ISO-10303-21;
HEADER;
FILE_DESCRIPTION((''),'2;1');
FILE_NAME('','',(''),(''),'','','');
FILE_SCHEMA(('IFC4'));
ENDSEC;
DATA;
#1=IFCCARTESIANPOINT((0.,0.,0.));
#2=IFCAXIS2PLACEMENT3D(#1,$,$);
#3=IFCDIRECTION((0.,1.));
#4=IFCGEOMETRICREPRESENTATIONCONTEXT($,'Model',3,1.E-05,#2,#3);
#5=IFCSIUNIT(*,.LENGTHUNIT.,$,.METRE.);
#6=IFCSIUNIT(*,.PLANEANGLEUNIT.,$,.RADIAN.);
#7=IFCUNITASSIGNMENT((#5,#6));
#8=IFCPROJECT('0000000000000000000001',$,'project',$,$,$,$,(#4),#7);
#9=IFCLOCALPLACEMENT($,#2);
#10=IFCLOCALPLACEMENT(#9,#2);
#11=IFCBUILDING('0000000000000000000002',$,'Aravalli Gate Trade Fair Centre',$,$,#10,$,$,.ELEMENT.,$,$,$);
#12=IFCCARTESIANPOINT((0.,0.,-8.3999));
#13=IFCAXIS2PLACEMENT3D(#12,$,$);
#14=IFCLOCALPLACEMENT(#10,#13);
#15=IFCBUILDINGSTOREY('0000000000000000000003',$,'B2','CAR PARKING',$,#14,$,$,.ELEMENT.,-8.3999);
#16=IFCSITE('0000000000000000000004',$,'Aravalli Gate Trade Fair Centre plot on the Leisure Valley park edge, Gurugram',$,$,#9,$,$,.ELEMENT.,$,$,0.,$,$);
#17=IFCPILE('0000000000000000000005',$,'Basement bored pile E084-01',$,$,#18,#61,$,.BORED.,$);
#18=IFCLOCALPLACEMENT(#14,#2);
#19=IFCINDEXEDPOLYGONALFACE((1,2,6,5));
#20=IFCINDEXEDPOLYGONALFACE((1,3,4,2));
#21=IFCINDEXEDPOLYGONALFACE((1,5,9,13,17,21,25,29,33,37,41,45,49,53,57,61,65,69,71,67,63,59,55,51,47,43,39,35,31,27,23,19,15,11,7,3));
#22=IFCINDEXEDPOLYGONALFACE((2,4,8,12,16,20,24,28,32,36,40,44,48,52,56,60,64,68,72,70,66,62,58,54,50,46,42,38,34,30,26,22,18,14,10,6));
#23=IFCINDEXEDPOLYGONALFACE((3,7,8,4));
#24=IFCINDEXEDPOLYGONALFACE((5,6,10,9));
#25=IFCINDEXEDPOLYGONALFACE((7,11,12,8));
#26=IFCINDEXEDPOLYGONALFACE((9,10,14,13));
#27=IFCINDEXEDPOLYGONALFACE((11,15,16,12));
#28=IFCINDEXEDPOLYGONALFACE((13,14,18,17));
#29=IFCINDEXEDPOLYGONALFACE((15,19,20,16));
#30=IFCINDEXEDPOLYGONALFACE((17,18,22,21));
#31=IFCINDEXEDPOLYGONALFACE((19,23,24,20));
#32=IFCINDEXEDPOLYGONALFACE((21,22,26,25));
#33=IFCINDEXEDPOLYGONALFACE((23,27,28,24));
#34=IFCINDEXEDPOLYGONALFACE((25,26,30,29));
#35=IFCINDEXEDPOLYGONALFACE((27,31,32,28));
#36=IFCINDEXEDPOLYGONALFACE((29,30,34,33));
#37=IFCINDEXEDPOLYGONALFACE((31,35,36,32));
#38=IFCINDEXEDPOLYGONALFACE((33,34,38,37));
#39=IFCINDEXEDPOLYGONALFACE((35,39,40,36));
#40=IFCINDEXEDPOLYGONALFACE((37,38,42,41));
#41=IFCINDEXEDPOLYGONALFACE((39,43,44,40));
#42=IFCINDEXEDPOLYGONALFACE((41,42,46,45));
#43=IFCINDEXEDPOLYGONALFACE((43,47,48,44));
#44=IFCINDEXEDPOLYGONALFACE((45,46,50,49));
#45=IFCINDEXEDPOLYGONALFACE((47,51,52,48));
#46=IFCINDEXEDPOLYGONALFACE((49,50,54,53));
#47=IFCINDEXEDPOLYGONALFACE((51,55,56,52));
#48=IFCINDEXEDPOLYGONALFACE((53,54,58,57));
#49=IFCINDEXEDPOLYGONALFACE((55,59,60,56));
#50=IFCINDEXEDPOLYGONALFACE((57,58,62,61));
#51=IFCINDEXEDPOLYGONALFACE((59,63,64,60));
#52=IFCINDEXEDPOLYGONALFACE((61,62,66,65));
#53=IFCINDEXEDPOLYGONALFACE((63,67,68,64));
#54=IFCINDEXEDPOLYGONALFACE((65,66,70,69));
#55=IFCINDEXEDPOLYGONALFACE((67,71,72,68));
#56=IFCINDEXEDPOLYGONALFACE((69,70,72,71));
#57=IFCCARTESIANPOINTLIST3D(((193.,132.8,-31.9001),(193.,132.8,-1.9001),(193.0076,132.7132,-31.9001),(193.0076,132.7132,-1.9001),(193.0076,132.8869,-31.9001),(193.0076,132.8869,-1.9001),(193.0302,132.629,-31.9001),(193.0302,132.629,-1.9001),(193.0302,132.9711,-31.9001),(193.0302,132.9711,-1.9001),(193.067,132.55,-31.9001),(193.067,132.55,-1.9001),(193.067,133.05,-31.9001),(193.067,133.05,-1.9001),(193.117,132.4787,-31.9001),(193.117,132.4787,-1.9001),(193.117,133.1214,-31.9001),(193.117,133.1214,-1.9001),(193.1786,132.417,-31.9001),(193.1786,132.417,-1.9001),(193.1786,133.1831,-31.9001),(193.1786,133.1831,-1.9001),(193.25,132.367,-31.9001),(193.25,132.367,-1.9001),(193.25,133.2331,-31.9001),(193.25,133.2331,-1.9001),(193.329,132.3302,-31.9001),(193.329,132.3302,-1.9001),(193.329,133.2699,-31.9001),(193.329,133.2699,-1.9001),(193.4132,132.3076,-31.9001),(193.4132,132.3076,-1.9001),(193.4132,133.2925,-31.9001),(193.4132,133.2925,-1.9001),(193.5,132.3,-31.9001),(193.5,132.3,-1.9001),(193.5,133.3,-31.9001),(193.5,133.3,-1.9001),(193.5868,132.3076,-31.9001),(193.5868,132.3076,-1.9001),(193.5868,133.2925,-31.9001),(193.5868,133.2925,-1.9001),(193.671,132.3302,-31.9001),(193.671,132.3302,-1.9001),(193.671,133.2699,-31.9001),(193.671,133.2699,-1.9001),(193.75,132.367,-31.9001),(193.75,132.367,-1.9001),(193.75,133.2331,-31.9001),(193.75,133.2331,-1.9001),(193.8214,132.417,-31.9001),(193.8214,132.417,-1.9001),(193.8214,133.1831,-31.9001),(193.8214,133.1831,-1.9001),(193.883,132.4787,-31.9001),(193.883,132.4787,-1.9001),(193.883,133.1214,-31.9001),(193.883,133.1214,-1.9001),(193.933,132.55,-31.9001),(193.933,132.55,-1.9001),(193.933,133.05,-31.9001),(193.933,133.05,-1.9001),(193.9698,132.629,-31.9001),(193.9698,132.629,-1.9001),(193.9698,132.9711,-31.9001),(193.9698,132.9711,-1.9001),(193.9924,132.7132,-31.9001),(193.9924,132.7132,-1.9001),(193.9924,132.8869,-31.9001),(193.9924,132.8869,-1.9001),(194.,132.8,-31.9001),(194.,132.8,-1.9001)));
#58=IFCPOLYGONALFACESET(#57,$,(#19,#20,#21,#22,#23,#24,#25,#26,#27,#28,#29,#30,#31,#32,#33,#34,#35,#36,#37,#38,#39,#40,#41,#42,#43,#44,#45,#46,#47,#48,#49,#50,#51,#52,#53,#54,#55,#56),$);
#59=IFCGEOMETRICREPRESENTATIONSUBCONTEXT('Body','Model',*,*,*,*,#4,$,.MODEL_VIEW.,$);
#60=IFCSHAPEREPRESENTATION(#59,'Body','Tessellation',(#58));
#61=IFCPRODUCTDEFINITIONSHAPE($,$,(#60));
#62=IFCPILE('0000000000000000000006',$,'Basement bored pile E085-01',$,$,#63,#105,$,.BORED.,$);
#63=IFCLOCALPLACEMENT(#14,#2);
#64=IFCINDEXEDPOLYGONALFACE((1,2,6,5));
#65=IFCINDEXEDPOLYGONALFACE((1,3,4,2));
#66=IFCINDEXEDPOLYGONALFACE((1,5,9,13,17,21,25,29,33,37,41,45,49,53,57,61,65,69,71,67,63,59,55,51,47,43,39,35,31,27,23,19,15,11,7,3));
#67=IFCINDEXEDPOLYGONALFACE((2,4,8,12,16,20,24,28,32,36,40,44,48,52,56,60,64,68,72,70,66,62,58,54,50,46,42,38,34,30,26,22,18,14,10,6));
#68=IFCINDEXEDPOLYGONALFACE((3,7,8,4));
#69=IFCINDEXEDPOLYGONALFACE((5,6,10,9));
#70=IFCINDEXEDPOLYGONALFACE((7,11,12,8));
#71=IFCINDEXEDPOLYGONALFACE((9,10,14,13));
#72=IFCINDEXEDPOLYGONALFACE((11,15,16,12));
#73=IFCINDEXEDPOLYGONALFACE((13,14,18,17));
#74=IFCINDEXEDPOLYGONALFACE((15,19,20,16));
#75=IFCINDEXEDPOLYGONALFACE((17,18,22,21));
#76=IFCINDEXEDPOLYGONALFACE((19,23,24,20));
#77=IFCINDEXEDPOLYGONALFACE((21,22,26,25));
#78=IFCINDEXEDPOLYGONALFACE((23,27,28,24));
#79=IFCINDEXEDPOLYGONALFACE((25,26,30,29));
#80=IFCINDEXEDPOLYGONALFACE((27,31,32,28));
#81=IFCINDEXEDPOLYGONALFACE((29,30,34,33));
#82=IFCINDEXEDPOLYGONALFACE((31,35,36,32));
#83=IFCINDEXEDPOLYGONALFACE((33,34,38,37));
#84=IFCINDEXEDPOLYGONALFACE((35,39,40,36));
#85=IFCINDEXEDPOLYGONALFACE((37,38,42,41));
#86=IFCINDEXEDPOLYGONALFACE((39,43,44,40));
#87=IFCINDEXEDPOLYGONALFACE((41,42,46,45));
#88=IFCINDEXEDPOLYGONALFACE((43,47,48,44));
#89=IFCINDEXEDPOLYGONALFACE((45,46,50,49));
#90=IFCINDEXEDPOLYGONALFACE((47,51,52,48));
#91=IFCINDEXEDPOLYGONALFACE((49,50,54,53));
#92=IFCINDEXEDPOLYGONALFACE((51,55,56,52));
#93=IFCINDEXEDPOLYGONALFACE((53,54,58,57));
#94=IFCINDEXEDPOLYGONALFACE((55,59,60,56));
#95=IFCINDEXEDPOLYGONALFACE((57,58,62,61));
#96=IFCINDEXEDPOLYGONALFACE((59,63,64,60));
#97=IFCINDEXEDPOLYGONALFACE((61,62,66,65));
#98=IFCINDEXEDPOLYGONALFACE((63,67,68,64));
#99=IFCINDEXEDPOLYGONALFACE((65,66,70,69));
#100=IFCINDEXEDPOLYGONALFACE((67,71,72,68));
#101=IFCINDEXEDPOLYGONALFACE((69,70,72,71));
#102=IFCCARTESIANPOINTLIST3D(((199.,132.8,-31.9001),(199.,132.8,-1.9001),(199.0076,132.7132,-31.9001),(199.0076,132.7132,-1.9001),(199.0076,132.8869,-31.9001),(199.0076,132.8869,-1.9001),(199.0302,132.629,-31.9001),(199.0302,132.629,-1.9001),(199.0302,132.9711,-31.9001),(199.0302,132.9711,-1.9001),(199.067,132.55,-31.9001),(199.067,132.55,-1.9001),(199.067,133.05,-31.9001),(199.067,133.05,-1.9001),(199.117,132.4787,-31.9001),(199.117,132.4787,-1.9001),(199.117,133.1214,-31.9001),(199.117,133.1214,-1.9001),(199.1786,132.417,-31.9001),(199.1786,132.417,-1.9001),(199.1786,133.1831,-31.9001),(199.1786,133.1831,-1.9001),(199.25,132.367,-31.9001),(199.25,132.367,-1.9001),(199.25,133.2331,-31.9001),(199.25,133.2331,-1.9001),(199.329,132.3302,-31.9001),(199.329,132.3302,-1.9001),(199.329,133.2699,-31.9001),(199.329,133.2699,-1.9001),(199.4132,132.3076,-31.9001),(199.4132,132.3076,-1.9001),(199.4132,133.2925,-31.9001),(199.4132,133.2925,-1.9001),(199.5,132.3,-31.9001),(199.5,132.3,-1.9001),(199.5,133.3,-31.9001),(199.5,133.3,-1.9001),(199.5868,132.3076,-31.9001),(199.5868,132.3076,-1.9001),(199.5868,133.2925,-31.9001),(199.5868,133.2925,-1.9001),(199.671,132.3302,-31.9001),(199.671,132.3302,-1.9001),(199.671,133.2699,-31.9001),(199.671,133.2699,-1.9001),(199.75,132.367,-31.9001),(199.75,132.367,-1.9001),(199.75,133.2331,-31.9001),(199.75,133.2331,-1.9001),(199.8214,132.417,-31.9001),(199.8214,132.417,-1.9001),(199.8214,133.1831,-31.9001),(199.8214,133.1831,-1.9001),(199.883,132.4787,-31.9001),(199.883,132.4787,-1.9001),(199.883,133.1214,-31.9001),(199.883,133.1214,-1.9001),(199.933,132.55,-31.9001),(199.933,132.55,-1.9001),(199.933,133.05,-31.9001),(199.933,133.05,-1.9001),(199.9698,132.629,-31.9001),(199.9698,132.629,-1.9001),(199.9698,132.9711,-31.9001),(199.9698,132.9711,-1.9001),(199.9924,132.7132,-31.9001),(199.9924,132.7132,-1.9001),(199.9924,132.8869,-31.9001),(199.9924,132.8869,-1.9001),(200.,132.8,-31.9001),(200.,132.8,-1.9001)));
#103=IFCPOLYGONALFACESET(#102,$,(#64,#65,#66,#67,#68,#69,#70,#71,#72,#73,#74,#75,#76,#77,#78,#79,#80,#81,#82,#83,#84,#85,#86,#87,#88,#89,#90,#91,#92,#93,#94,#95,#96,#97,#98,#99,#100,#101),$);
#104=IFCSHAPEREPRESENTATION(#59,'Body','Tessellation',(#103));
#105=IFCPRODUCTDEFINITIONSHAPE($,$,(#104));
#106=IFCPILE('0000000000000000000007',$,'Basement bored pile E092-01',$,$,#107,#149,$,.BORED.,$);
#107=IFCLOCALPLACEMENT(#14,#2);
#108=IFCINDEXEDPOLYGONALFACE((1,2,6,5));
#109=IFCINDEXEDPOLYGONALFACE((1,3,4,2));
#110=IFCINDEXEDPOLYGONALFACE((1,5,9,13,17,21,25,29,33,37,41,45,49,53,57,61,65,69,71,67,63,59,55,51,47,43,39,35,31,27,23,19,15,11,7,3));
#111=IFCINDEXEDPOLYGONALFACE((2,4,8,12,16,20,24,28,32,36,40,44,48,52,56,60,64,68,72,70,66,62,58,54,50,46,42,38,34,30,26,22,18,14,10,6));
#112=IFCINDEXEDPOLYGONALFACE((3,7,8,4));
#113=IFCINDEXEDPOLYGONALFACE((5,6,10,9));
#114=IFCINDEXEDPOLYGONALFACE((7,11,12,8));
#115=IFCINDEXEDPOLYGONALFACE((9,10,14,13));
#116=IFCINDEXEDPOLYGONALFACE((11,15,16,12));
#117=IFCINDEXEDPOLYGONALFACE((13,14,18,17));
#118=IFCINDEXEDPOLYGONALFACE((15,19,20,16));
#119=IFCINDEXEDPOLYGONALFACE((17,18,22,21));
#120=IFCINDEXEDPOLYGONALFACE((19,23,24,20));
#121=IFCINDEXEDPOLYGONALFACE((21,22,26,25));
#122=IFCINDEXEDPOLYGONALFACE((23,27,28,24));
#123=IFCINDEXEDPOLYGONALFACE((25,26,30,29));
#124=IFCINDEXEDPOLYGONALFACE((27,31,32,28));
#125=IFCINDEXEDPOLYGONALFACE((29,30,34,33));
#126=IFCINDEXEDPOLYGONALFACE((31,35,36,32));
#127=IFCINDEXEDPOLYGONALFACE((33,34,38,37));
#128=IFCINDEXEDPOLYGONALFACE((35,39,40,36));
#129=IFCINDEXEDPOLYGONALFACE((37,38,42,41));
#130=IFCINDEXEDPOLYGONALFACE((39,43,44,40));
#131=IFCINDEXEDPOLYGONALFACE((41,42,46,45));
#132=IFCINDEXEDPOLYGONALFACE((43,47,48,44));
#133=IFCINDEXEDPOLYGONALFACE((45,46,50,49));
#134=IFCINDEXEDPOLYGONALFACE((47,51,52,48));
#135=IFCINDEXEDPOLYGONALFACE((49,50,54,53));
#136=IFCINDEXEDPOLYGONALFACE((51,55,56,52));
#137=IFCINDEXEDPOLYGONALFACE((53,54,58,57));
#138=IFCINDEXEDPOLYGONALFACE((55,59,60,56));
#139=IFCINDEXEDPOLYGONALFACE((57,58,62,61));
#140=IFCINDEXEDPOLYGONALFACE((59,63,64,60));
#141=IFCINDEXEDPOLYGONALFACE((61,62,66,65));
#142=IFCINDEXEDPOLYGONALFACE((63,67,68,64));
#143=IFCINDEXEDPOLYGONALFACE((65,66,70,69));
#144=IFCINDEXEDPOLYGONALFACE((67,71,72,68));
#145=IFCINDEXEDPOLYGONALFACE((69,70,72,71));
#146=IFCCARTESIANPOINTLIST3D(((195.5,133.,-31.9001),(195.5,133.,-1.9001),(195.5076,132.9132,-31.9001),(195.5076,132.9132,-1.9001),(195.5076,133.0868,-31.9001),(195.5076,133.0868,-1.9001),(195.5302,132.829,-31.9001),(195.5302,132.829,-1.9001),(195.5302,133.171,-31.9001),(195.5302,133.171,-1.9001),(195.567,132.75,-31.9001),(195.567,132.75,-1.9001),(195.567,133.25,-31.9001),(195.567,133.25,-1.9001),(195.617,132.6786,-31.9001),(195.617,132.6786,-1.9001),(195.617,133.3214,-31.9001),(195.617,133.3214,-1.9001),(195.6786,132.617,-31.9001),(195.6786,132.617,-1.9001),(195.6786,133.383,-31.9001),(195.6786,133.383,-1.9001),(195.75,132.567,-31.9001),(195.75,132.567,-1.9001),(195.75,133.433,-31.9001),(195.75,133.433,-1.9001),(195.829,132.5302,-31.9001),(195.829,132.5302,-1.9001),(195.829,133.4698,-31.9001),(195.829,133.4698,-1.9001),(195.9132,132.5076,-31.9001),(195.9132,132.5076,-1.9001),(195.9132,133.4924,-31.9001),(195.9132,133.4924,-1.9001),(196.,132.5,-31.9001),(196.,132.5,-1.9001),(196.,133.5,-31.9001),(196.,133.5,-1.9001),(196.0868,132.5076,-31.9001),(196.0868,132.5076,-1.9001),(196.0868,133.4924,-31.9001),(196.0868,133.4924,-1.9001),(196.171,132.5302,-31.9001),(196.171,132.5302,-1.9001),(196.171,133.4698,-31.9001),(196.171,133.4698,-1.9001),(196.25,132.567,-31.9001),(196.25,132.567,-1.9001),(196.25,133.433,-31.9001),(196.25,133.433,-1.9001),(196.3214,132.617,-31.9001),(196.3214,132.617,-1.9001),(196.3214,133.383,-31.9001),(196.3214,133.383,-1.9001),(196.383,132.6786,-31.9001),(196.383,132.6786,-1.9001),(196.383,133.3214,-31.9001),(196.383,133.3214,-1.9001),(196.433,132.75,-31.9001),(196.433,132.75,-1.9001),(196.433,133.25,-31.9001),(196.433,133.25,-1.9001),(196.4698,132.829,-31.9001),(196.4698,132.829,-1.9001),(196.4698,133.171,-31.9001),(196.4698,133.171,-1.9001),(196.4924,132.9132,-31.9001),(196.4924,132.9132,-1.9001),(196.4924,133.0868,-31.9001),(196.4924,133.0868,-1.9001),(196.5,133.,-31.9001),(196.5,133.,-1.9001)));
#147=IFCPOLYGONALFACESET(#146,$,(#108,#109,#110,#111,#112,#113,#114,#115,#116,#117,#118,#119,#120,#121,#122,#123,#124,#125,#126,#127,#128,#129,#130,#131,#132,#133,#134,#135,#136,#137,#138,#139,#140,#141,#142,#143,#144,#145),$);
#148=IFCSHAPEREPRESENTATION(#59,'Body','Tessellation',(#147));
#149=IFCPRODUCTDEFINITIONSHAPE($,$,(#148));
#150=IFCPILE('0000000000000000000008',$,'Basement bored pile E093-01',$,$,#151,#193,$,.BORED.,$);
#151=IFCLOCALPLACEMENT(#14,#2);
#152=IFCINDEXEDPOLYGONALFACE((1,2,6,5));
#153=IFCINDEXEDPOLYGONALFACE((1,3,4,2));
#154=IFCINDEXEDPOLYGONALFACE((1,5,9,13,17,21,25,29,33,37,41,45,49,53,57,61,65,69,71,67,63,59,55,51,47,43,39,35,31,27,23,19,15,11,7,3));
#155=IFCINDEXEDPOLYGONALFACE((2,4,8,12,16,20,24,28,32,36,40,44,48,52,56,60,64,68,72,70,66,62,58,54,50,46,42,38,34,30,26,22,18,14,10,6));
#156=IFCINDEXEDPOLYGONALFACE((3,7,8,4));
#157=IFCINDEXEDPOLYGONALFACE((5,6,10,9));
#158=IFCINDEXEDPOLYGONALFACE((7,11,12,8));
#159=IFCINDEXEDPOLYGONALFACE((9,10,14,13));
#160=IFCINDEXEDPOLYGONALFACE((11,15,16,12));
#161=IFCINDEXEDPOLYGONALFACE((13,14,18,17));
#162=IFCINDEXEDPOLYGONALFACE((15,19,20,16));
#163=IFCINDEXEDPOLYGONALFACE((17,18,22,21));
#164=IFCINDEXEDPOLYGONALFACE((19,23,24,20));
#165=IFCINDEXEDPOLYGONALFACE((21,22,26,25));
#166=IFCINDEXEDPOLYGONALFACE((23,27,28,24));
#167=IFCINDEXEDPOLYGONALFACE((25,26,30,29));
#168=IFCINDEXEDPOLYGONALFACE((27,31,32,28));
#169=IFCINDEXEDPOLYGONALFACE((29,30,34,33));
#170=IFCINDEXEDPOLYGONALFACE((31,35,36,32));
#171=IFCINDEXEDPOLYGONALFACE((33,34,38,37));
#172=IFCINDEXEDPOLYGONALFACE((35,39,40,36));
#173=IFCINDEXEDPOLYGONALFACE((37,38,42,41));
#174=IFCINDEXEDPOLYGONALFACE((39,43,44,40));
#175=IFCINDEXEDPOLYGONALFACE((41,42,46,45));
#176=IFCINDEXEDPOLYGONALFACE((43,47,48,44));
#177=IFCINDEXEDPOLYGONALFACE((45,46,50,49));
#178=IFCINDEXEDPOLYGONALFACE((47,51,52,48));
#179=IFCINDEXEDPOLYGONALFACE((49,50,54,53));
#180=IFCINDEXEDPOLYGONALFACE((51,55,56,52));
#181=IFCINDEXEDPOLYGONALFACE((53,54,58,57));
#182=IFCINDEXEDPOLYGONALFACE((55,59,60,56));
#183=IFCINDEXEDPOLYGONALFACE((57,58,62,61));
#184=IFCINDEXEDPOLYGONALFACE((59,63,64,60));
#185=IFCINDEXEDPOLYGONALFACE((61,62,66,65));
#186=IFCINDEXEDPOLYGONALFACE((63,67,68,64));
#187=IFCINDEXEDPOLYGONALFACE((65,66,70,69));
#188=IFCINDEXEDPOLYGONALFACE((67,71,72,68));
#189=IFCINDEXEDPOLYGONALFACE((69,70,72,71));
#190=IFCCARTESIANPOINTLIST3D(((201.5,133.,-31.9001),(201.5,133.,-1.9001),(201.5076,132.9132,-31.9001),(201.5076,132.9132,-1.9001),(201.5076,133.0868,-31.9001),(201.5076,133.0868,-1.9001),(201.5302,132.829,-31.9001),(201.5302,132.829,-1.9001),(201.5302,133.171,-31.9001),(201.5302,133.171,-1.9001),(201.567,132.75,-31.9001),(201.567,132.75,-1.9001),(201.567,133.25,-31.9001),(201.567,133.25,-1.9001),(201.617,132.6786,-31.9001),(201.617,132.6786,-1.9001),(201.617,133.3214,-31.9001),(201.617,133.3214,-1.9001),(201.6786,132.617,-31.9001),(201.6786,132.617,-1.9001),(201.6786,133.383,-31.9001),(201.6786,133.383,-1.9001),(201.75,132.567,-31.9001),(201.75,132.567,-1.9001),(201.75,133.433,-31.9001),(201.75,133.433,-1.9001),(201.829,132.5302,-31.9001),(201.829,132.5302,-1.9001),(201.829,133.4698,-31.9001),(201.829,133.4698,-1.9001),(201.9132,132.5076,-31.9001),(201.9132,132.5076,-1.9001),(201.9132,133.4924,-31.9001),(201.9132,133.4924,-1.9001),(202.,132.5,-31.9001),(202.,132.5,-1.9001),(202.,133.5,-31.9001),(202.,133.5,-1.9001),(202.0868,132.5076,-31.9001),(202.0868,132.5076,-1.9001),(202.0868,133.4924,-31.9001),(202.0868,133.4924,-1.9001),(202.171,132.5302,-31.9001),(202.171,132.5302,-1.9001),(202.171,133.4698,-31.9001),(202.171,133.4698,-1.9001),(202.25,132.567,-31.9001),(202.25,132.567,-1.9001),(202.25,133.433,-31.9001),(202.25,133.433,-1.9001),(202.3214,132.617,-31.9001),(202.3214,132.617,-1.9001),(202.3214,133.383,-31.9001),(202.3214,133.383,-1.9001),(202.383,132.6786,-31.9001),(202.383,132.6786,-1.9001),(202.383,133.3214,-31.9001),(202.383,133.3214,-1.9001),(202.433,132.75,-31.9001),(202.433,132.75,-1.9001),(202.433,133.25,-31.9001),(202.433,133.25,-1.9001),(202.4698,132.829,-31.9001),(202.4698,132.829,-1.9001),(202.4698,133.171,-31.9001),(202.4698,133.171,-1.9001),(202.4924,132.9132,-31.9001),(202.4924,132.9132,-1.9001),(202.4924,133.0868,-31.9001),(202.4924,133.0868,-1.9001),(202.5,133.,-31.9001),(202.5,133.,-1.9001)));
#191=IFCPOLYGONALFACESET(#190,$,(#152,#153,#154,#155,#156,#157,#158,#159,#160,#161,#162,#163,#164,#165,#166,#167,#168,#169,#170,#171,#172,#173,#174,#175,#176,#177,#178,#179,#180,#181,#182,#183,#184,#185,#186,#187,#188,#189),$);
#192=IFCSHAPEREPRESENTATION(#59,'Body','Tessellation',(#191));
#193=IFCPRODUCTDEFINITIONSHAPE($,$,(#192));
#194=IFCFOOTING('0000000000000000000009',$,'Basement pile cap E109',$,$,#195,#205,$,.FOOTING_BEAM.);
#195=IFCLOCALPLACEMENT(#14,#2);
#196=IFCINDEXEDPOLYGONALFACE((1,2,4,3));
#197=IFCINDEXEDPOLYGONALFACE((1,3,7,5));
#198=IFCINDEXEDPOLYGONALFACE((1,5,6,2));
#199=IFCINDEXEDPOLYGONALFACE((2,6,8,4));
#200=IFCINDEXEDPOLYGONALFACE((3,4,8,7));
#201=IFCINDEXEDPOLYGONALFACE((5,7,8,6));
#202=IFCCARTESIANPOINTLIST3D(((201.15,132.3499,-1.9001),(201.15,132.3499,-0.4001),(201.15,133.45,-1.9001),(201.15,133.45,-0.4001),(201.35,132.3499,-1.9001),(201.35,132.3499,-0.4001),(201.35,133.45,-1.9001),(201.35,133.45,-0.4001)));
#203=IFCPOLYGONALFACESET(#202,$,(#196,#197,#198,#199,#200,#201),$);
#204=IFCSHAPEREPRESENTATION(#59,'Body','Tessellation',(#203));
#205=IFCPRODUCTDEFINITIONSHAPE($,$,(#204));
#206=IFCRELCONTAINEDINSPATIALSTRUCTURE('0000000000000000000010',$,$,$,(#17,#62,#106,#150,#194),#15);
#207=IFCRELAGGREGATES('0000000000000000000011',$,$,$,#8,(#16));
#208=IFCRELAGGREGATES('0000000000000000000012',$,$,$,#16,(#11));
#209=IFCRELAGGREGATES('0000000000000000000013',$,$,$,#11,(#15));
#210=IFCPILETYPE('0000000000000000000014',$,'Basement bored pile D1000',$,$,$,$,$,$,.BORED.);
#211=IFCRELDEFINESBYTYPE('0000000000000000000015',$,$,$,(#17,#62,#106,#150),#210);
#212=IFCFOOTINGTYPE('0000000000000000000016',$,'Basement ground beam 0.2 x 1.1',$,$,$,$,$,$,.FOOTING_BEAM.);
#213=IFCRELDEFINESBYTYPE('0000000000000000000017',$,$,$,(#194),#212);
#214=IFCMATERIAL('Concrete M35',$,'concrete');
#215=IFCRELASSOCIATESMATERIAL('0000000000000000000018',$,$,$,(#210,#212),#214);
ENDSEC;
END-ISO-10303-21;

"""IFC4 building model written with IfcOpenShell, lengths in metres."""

from ifc_helpers import new_model, si_unit, direction, frame, origin, origin_2d, place, context, subcontext, project, spatial, rectangle, circle, extrude, material, material_profile, profile_set, type_object, element, save


model = new_model("IFC4")

# Units and contexts
model_context = context("Model", 3, precision=1e-05, world=origin(), true_north=direction((0.0, 1.0)))
body_context = subcontext(model_context, "Body", "Model", "MODEL_VIEW")
ifc_project = project(units=[si_unit("LENGTHUNIT", "METRE"), si_unit("PLANEANGLEUNIT", "RADIAN")], contexts=[model_context])

# Site, building, storey
site_placement = place(None, origin())
site = spatial("IfcSite", under=ifc_project, at=site_placement, Name="Aravalli Gate Trade Fair Centre plot on the Leisure Valley park edge, Gurugram", CompositionType="ELEMENT", RefElevation=0.0)
building_placement = place(site_placement, origin())
building = spatial("IfcBuilding", under=site, at=building_placement, Name="Aravalli Gate Trade Fair Centre", CompositionType="ELEMENT")
storey_placement = place(building_placement, frame((0.0, 0.0, -8.3999)))
storey = spatial("IfcBuildingStorey", under=building, at=storey_placement, Name="B2", Description="CAR PARKING", CompositionType="ELEMENT", Elevation=-8.3999)

# Piles
ifc_material_1 = material(Name="Concrete M35", Category="concrete")
ifc_material_profile_1 = material_profile(ifc_material_1, circle(Radius=0.5, at=origin_2d()), Name="D1000")
ifc_profile_set_1 = profile_set([ifc_material_profile_1], Name="Concrete M35")
pile_type = type_object("IfcPileType", Name="Basement bored pile D1000", PredefinedType="BORED", material=ifc_profile_set_1)
for number, where, z_axis, x_axis, name in (
    (1, (193.5, 132.8, -1.9001), (0.0, 0.0, -1.0), (1.0, 0.0, 0.0), "Basement bored pile E084-01"),
    (2, (199.5, 132.8, -1.9001), (0.0, 0.0, -1.0), (1.0, 0.0, 0.0), "Basement bored pile E085-01"),
    (3, (196.0, 133.0, -1.9001), (0.0, 0.0, -1.0), (1.0, 0.0, 0.0), "Basement bored pile E092-01"),
    (4, (202.0, 133.0, -1.9001), (0.0, 0.0, -1.0), (1.0, 0.0, 0.0), "Basement bored pile E093-01"),
):
    element("IfcPile", number, at=place(storey_placement, frame(where, z_axis=z_axis, x_axis=x_axis)), inside=storey, type_object=pile_type, Name=name, PredefinedType="BORED", context=body_context, shape_type="SweptSolid", body=[
        extrude(circle(Radius=0.5, at=origin_2d()), origin(), (0.0, 0.0, 1.0), 30.0),
    ])

# Footing
footing_type_1 = type_object("IfcFootingType", Name="Basement ground beam 0.2 x 1.1", PredefinedType="FOOTING_BEAM", material=ifc_material_1)
footing_1_placement = place(storey_placement, frame((201.25, 132.8999, -1.9001), z_axis=(0.0, 0.0, 1.0), x_axis=(1.0, 0.0, 0.0)))
element("IfcFooting", 5, at=footing_1_placement, inside=storey, type_object=footing_type_1, Name="Basement pile cap E109", PredefinedType="FOOTING_BEAM", context=body_context, shape_type="SweptSolid", body=[
    extrude(rectangle(XDim=0.2, YDim=1.1001, at=origin_2d()), origin(), (0.0, 0.0, 1.0), 1.5),
])

save(model, "model.ifc")
